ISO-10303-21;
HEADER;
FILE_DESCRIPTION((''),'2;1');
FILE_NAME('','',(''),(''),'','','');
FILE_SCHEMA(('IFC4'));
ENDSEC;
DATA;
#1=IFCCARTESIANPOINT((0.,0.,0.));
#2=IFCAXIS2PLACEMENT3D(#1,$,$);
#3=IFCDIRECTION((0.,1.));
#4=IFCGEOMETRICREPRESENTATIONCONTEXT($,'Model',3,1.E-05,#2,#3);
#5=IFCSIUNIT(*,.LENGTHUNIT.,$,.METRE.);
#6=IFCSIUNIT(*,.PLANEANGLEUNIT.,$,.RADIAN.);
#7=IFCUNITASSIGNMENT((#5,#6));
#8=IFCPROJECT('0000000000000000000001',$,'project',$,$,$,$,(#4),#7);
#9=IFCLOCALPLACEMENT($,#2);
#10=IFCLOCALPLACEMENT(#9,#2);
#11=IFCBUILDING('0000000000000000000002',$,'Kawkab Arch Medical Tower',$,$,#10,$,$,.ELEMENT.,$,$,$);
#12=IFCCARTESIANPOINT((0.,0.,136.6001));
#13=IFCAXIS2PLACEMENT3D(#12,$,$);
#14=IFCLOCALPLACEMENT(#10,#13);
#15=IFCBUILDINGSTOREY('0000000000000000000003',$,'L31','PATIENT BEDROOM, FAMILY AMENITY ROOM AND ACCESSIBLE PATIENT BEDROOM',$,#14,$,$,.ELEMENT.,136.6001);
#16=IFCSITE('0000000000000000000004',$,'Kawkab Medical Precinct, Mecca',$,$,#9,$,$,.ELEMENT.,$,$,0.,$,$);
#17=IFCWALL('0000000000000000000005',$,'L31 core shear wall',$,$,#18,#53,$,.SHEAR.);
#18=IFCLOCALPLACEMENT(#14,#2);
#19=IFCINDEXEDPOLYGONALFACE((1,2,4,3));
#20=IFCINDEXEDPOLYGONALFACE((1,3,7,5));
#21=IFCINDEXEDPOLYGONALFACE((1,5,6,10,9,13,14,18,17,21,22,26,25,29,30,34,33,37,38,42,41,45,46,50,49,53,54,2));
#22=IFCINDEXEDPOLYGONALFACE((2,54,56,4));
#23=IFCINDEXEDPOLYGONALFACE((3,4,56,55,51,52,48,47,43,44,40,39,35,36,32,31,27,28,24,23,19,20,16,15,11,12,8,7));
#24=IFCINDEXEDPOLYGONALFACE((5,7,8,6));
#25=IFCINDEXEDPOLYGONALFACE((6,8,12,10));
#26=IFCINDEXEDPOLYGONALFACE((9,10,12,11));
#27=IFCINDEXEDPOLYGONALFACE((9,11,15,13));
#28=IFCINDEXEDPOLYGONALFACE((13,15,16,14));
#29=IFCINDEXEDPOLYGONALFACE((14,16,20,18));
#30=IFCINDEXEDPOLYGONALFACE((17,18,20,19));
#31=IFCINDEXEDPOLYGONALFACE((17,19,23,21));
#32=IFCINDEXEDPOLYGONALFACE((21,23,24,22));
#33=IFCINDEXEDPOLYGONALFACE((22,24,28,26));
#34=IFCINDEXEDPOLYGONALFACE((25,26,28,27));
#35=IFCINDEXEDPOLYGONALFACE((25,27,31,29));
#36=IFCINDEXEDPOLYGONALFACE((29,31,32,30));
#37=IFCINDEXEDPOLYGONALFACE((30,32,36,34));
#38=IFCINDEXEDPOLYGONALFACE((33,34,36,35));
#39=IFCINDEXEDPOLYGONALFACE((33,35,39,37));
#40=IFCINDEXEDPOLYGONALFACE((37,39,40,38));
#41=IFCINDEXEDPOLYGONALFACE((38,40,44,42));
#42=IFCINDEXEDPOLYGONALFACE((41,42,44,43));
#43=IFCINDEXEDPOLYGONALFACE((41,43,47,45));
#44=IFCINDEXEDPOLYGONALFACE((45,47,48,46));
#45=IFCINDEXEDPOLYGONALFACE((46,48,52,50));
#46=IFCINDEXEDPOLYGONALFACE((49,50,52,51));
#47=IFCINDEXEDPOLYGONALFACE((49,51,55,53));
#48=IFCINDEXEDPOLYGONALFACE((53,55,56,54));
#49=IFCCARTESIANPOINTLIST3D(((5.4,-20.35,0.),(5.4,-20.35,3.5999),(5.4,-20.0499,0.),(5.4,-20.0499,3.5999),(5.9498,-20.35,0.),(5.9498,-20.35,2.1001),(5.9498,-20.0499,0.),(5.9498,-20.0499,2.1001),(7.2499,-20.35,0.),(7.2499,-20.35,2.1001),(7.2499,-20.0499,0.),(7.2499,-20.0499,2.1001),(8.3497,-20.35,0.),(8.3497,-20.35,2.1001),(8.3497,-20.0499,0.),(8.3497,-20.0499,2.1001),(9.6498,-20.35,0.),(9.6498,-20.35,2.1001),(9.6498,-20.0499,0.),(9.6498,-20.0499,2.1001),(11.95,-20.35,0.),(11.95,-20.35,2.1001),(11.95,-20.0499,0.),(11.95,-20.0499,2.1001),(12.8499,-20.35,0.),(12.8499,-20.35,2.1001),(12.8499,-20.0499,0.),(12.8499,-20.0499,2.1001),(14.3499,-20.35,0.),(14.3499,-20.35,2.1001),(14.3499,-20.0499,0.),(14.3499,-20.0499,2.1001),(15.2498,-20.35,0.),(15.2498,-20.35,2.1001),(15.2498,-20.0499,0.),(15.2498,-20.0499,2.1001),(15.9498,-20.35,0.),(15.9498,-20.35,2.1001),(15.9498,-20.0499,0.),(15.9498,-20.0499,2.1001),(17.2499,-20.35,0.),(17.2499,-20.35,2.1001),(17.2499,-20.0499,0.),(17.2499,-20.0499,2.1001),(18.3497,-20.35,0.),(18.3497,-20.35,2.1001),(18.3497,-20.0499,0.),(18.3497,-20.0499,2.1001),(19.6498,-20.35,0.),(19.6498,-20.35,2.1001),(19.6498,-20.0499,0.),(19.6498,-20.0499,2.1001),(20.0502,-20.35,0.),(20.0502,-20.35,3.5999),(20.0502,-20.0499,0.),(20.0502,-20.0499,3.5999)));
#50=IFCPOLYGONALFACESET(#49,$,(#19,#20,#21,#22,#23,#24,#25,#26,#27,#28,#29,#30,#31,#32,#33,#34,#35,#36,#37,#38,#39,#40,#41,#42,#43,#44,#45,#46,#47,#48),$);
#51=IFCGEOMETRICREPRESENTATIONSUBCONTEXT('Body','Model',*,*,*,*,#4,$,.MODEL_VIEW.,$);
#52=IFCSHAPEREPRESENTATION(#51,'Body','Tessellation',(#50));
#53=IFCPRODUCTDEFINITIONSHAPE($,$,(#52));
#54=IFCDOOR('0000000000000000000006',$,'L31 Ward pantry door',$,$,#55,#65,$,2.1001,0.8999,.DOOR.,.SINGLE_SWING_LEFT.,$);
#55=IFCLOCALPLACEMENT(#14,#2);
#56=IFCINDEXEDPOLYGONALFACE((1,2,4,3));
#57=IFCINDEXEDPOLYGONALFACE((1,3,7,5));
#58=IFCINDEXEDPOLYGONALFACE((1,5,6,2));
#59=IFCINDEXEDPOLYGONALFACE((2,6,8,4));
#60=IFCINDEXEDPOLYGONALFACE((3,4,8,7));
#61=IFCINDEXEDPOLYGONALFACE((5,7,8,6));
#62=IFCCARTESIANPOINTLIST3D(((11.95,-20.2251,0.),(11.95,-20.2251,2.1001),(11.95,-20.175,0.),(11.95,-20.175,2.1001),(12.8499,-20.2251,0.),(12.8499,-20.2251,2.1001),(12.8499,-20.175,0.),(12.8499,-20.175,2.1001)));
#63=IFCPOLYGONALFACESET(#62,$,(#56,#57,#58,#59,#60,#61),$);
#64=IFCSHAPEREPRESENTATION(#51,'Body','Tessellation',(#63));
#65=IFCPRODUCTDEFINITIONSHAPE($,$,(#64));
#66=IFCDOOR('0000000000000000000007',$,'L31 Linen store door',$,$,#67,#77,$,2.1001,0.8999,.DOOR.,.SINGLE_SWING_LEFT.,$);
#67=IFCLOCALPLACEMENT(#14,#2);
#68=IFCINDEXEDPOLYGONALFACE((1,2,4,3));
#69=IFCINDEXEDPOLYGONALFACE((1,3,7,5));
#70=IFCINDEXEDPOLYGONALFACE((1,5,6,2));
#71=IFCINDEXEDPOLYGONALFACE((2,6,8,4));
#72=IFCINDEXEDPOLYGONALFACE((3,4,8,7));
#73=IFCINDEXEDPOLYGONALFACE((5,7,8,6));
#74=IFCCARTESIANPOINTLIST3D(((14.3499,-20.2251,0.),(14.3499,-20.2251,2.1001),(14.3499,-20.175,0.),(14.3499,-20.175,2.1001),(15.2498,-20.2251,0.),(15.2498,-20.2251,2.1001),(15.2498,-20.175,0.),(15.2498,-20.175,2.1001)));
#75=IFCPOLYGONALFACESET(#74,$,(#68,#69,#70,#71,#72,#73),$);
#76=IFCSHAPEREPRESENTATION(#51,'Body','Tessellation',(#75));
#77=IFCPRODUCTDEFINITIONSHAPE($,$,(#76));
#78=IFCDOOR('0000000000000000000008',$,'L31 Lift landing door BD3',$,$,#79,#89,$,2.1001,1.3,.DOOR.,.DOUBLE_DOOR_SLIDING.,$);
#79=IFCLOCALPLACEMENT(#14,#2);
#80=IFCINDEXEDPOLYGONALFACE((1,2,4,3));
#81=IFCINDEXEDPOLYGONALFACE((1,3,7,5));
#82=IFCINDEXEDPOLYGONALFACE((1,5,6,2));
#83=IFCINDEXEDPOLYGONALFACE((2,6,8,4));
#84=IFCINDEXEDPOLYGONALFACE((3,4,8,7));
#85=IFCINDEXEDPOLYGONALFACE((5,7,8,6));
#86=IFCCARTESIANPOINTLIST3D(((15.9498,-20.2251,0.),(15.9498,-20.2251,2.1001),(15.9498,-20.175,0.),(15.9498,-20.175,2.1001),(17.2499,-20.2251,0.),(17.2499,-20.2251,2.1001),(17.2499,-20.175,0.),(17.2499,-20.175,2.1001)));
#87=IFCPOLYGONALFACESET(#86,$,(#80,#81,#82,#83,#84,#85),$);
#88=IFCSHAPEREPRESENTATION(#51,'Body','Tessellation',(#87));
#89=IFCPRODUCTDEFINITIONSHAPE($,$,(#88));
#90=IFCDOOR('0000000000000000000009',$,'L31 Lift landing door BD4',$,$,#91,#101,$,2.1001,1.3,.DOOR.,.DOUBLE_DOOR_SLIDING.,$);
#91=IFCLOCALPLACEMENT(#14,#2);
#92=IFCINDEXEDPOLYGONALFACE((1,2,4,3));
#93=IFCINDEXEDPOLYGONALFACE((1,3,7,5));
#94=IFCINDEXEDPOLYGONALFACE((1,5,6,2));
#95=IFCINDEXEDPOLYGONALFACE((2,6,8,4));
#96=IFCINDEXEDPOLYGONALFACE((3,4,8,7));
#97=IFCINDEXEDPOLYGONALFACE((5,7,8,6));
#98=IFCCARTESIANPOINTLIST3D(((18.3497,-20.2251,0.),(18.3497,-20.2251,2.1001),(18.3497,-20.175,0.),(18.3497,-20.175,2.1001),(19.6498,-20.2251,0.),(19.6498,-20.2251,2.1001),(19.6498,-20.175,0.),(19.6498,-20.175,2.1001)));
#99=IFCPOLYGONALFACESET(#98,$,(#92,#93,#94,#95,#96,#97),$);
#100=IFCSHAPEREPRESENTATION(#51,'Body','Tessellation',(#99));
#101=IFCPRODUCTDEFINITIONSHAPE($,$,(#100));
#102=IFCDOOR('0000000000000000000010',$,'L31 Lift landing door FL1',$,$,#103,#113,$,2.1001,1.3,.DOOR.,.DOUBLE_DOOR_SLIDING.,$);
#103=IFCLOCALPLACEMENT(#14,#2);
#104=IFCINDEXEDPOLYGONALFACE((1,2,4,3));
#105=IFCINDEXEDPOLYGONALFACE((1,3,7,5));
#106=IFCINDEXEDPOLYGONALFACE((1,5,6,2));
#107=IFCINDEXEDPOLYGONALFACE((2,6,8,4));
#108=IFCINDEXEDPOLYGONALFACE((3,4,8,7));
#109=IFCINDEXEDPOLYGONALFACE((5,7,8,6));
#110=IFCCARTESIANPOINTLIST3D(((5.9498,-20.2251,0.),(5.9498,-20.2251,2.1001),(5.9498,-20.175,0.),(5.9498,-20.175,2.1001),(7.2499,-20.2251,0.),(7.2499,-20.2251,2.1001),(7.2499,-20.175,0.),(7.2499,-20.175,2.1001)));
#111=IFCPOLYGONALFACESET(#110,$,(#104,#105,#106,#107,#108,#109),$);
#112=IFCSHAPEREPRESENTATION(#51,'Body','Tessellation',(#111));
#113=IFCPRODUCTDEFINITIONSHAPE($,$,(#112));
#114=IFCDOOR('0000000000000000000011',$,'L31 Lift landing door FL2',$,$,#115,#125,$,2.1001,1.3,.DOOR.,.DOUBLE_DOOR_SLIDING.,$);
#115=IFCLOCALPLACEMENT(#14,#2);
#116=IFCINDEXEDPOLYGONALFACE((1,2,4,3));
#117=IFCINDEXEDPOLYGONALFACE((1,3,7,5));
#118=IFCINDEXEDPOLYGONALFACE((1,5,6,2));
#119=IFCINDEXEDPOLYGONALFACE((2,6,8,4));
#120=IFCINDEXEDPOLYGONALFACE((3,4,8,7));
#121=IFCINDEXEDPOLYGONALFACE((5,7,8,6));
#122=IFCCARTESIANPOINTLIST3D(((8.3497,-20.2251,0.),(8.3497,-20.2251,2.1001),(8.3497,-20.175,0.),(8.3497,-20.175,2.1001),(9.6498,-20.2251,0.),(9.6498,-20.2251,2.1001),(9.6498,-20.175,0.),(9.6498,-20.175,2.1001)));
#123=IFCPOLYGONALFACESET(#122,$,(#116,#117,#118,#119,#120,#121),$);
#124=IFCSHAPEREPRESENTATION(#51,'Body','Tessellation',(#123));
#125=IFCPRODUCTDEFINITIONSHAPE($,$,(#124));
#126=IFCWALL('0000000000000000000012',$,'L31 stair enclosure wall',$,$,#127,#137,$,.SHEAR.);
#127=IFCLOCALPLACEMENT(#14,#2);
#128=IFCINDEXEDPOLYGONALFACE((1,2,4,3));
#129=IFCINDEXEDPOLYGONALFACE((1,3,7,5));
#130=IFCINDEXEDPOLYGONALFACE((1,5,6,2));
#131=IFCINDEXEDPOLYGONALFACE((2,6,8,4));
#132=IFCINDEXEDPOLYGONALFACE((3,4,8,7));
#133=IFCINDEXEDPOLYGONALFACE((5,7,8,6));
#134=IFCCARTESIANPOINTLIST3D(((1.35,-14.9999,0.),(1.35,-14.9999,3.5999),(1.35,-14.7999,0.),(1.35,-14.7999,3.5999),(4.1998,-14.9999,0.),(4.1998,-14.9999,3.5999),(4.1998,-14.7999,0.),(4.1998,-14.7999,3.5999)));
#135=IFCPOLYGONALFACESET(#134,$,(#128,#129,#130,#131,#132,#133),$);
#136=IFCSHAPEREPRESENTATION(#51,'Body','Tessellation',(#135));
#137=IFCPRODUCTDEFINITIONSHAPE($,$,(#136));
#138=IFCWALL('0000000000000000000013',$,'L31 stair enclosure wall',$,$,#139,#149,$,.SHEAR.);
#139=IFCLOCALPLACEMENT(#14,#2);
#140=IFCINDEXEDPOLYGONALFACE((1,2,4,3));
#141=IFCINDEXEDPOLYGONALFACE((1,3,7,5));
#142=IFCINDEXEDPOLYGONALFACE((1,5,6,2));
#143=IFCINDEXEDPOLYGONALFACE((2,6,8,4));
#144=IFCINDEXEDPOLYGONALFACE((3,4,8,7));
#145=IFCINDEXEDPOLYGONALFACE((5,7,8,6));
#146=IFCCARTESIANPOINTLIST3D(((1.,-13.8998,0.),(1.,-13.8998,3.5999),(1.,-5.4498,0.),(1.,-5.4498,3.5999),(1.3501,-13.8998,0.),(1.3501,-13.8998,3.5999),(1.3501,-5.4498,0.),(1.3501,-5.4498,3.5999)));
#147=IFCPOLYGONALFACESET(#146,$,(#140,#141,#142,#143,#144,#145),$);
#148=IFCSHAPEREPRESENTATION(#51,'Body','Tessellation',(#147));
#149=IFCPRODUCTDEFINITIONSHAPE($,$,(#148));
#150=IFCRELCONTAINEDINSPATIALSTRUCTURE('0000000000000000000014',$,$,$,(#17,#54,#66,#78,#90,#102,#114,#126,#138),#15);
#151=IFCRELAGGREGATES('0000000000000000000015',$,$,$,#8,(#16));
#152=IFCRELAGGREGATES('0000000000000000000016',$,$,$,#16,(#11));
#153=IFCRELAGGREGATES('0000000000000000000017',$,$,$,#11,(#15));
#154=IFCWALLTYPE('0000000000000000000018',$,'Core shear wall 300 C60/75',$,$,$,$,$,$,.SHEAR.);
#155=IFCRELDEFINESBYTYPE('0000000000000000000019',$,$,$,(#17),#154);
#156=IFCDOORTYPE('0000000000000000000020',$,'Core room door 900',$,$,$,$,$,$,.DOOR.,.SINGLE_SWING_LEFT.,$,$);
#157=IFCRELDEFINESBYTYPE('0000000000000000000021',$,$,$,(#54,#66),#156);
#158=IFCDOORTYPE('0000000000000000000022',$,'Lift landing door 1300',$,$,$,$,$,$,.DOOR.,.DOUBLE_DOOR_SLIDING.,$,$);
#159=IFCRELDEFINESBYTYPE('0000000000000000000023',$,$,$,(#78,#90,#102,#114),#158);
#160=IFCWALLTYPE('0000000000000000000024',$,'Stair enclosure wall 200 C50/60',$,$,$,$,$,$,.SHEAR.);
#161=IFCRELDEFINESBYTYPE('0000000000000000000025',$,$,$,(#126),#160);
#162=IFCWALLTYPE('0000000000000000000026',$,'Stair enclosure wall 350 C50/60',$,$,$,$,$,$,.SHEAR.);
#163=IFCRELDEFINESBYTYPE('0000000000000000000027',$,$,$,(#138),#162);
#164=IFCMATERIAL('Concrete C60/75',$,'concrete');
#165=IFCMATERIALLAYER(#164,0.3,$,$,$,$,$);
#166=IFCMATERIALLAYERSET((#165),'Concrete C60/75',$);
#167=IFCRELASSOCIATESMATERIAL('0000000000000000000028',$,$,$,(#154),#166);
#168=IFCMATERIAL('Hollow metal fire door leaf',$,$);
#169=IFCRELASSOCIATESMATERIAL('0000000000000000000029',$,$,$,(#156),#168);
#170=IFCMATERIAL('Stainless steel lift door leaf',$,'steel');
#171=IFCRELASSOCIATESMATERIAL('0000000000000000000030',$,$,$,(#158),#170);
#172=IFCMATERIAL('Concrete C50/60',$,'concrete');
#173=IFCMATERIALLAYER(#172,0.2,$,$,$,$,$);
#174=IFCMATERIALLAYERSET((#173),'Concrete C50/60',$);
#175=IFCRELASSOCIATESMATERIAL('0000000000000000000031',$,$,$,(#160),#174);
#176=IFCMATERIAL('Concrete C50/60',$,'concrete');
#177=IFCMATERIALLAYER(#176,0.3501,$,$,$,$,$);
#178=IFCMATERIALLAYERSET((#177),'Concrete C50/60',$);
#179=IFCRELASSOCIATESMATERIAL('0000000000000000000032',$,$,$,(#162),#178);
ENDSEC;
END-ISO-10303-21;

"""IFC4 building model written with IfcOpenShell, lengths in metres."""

from ifc_helpers import new_model, si_unit, direction, frame, frame_2d, origin, place, context, subcontext, project, spatial, rectangle, extrude, material, layer, layer_set, type_object, element, fill, save


model = new_model("IFC4")

# Units and contexts
model_context = context("Model", 3, precision=1e-05, world=origin(), true_north=direction((0.0, 1.0)))
body_context = subcontext(model_context, "Body", "Model", "MODEL_VIEW")
ifc_project = project(units=[si_unit("LENGTHUNIT", "METRE"), si_unit("PLANEANGLEUNIT", "RADIAN")], contexts=[model_context])

# Site, building, storey
site_placement = place(None, origin())
site = spatial("IfcSite", under=ifc_project, at=site_placement, Name="Kawkab Medical Precinct, Mecca", CompositionType="ELEMENT", RefElevation=0.0)
building_placement = place(site_placement, origin())
building = spatial("IfcBuilding", under=site, at=building_placement, Name="Kawkab Arch Medical Tower", CompositionType="ELEMENT")
storey_placement = place(building_placement, frame((0.0, 0.0, 136.6001)))
storey = spatial("IfcBuildingStorey", under=building, at=storey_placement, Name="L31", Description="PATIENT BEDROOM, FAMILY AMENITY ROOM AND ACCESSIBLE PATIENT BEDROOM", CompositionType="ELEMENT", Elevation=136.6001)

# Shared definitions
ifc_material_1 = material(Name="Concrete C60/75", Category="concrete")
ifc_layer_1 = layer(ifc_material_1, 0.3)
ifc_layer_set_1 = layer_set([ifc_layer_1], Name="Concrete C60/75")
wall_type_1 = type_object("IfcWallType", Name="Core shear wall 300 C60/75", PredefinedType="SHEAR", material=ifc_layer_set_1)

# Wall, openings, doors
wall_1_placement = place(storey_placement, frame((5.3999, -20.2, 0.0), z_axis=(0.0, 0.0, 1.0), x_axis=(1.0, 0.0, 0.0)))
wall_1 = element("IfcWall", 1, at=wall_1_placement, inside=storey, type_object=wall_type_1, Name="L31 core shear wall", PredefinedType="SHEAR", context=body_context, shape_type="SweptSolid", body=[
    extrude(rectangle(XDim=14.6501, YDim=0.3, at=frame_2d((7.3252, 0.0))), origin(), (0.0, 0.0, 1.0), 3.5999),
])
opening_1_placement = place(wall_1_placement, frame((10.55, 0.0, 0.0)))
opening_1 = element("IfcOpeningElement", 2, at=opening_1_placement, cuts=wall_1, PredefinedType="OPENING", context=body_context, shape_type="SweptSolid", body=[
    extrude(rectangle(XDim=1.3, YDim=2.1001, at=frame_2d((0.6499, 1.05))), frame((0.0, 0.1599, 0.0), z_axis=(0.0, -1.0, 0.0), x_axis=(1.0, 0.0, 0.0)), (0.0, 0.0, 1.0), 0.3201),
])
opening_2_placement = place(wall_1_placement, frame((12.95, 0.0, 0.0)))
opening_2 = element("IfcOpeningElement", 3, at=opening_2_placement, cuts=wall_1, PredefinedType="OPENING", context=body_context, shape_type="SweptSolid", body=[
    extrude(rectangle(XDim=1.3, YDim=2.1001, at=frame_2d((0.6499, 1.05))), frame((0.0, 0.1599, 0.0), z_axis=(0.0, -1.0, 0.0), x_axis=(1.0, 0.0, 0.0)), (0.0, 0.0, 1.0), 0.3201),
])
opening_3_placement = place(wall_1_placement, frame((0.55, 0.0, 0.0)))
opening_3 = element("IfcOpeningElement", 4, at=opening_3_placement, cuts=wall_1, PredefinedType="OPENING", context=body_context, shape_type="SweptSolid", body=[
    extrude(rectangle(XDim=1.3, YDim=2.1001, at=frame_2d((0.6499, 1.05))), frame((0.0, 0.1599, 0.0), z_axis=(0.0, -1.0, 0.0), x_axis=(1.0, 0.0, 0.0)), (0.0, 0.0, 1.0), 0.3201),
])
opening_4_placement = place(wall_1_placement, frame((2.95, 0.0, 0.0)))
opening_4 = element("IfcOpeningElement", 5, at=opening_4_placement, cuts=wall_1, PredefinedType="OPENING", context=body_context, shape_type="SweptSolid", body=[
    extrude(rectangle(XDim=1.3, YDim=2.1001, at=frame_2d((0.6499, 1.05))), frame((0.0, 0.1599, 0.0), z_axis=(0.0, -1.0, 0.0), x_axis=(1.0, 0.0, 0.0)), (0.0, 0.0, 1.0), 0.3201),
])
opening_5_placement = place(wall_1_placement, frame((6.55, 0.0, 0.0)))
opening_5 = element("IfcOpeningElement", 6, at=opening_5_placement, cuts=wall_1, PredefinedType="OPENING", context=body_context, shape_type="SweptSolid", body=[
    extrude(rectangle(XDim=0.8999, YDim=2.1001, at=frame_2d((0.45, 1.05))), frame((0.0, 0.1599, 0.0), z_axis=(0.0, -1.0, 0.0), x_axis=(1.0, 0.0, 0.0)), (0.0, 0.0, 1.0), 0.3201),
])
opening_6_placement = place(wall_1_placement, frame((8.95, 0.0, 0.0)))
opening_6 = element("IfcOpeningElement", 7, at=opening_6_placement, cuts=wall_1, PredefinedType="OPENING", context=body_context, shape_type="SweptSolid", body=[
    extrude(rectangle(XDim=0.8999, YDim=2.1001, at=frame_2d((0.45, 1.05))), frame((0.0, 0.1599, 0.0), z_axis=(0.0, -1.0, 0.0), x_axis=(1.0, 0.0, 0.0)), (0.0, 0.0, 1.0), 0.3201),
])
ifc_material_2 = material(Name="Hollow metal fire door leaf")
door_type_1 = type_object("IfcDoorType", Name="Core room door 900", OperationType="SINGLE_SWING_LEFT", PredefinedType="DOOR", material=ifc_material_2)
door_1_placement = place(opening_5_placement, origin())
door_1 = element("IfcDoor", 8, at=door_1_placement, inside=storey, type_object=door_type_1, Name="L31 Ward pantry door", OperationType="SINGLE_SWING_LEFT", OverallHeight=2.1001, OverallWidth=0.8999, PredefinedType="DOOR", context=body_context, shape_type="SweptSolid", body=[
    extrude(rectangle(XDim=0.8999, YDim=2.1001, at=frame_2d((0.45, 1.05))), frame((0.0, 0.0249, 0.0), z_axis=(0.0, -1.0, 0.0), x_axis=(1.0, 0.0, 0.0)), (0.0, 0.0, 1.0), 0.05),
])
fill(opening_5, door_1)
door_2_placement = place(opening_6_placement, origin())
door_2 = element("IfcDoor", 9, at=door_2_placement, inside=storey, type_object=door_type_1, Name="L31 Linen store door", OperationType="SINGLE_SWING_LEFT", OverallHeight=2.1001, OverallWidth=0.8999, PredefinedType="DOOR", context=body_context, shape_type="SweptSolid", body=[
    extrude(rectangle(XDim=0.8999, YDim=2.1001, at=frame_2d((0.45, 1.05))), frame((0.0, 0.0249, 0.0), z_axis=(0.0, -1.0, 0.0), x_axis=(1.0, 0.0, 0.0)), (0.0, 0.0, 1.0), 0.05),
])
fill(opening_6, door_2)
ifc_material_3 = material(Name="Stainless steel lift door leaf", Category="steel")
door_type_2 = type_object("IfcDoorType", Name="Lift landing door 1300", OperationType="DOUBLE_DOOR_SLIDING", PredefinedType="DOOR", material=ifc_material_3)
door_3_placement = place(opening_1_placement, origin())
door_3 = element("IfcDoor", 10, at=door_3_placement, inside=storey, type_object=door_type_2, Name="L31 Lift landing door BD3", OperationType="DOUBLE_DOOR_SLIDING", OverallHeight=2.1001, OverallWidth=1.3, PredefinedType="DOOR", context=body_context, shape_type="SweptSolid", body=[
    extrude(rectangle(XDim=1.3, YDim=2.1001, at=frame_2d((0.6499, 1.05))), frame((0.0, 0.0249, 0.0), z_axis=(0.0, -1.0, 0.0), x_axis=(1.0, 0.0, 0.0)), (0.0, 0.0, 1.0), 0.05),
])
fill(opening_1, door_3)
door_4_placement = place(opening_2_placement, origin())
door_4 = element("IfcDoor", 11, at=door_4_placement, inside=storey, type_object=door_type_2, Name="L31 Lift landing door BD4", OperationType="DOUBLE_DOOR_SLIDING", OverallHeight=2.1001, OverallWidth=1.3, PredefinedType="DOOR", context=body_context, shape_type="SweptSolid", body=[
    extrude(rectangle(XDim=1.3, YDim=2.1001, at=frame_2d((0.6499, 1.05))), frame((0.0, 0.0249, 0.0), z_axis=(0.0, -1.0, 0.0), x_axis=(1.0, 0.0, 0.0)), (0.0, 0.0, 1.0), 0.05),
])
fill(opening_2, door_4)
door_5_placement = place(opening_3_placement, origin())
door_5 = element("IfcDoor", 12, at=door_5_placement, inside=storey, type_object=door_type_2, Name="L31 Lift landing door FL1", OperationType="DOUBLE_DOOR_SLIDING", OverallHeight=2.1001, OverallWidth=1.3, PredefinedType="DOOR", context=body_context, shape_type="SweptSolid", body=[
    extrude(rectangle(XDim=1.3, YDim=2.1001, at=frame_2d((0.6499, 1.05))), frame((0.0, 0.0249, 0.0), z_axis=(0.0, -1.0, 0.0), x_axis=(1.0, 0.0, 0.0)), (0.0, 0.0, 1.0), 0.05),
])
fill(opening_3, door_5)
door_6_placement = place(opening_4_placement, origin())
door_6 = element("IfcDoor", 13, at=door_6_placement, inside=storey, type_object=door_type_2, Name="L31 Lift landing door FL2", OperationType="DOUBLE_DOOR_SLIDING", OverallHeight=2.1001, OverallWidth=1.3, PredefinedType="DOOR", context=body_context, shape_type="SweptSolid", body=[
    extrude(rectangle(XDim=1.3, YDim=2.1001, at=frame_2d((0.6499, 1.05))), frame((0.0, 0.0249, 0.0), z_axis=(0.0, -1.0, 0.0), x_axis=(1.0, 0.0, 0.0)), (0.0, 0.0, 1.0), 0.05),
])
fill(opening_4, door_6)

# Walls
ifc_material_4 = material(Name="Concrete C50/60", Category="concrete")
ifc_layer_2 = layer(ifc_material_4, 0.2)
ifc_layer_set_2 = layer_set([ifc_layer_2], Name="Concrete C50/60")
wall_type_2 = type_object("IfcWallType", Name="Stair enclosure wall 200 C50/60", PredefinedType="SHEAR", material=ifc_layer_set_2)
wall_2_placement = place(storey_placement, frame((1.3501, -14.8999, 0.0), z_axis=(0.0, 0.0, 1.0), x_axis=(1.0, 0.0, 0.0)))
element("IfcWall", 14, at=wall_2_placement, inside=storey, type_object=wall_type_2, Name="L31 stair enclosure wall", PredefinedType="SHEAR", context=body_context, shape_type="SweptSolid", body=[
    extrude(rectangle(XDim=2.8499, YDim=0.2, at=frame_2d((1.4248, 0.0))), origin(), (0.0, 0.0, 1.0), 3.5999),
])
ifc_material_5 = material(Name="Concrete C50/60", Category="concrete")
ifc_layer_3 = layer(ifc_material_5, 0.3501)
ifc_layer_set_3 = layer_set([ifc_layer_3], Name="Concrete C50/60")
wall_type_3 = type_object("IfcWallType", Name="Stair enclosure wall 350 C50/60", PredefinedType="SHEAR", material=ifc_layer_set_3)
wall_3_placement = place(storey_placement, frame((1.175, -13.8999, 0.0), z_axis=(0.0, 0.0, 1.0), x_axis=(0.0, 1.0, 0.0)))
element("IfcWall", 15, at=wall_3_placement, inside=storey, type_object=wall_type_3, Name="L31 stair enclosure wall", PredefinedType="SHEAR", context=body_context, shape_type="SweptSolid", body=[
    extrude(rectangle(XDim=8.45, YDim=0.3501, at=frame_2d((4.2251, 0.0))), origin(), (0.0, 0.0, 1.0), 3.5999),
])

save(model, "model.ifc")
